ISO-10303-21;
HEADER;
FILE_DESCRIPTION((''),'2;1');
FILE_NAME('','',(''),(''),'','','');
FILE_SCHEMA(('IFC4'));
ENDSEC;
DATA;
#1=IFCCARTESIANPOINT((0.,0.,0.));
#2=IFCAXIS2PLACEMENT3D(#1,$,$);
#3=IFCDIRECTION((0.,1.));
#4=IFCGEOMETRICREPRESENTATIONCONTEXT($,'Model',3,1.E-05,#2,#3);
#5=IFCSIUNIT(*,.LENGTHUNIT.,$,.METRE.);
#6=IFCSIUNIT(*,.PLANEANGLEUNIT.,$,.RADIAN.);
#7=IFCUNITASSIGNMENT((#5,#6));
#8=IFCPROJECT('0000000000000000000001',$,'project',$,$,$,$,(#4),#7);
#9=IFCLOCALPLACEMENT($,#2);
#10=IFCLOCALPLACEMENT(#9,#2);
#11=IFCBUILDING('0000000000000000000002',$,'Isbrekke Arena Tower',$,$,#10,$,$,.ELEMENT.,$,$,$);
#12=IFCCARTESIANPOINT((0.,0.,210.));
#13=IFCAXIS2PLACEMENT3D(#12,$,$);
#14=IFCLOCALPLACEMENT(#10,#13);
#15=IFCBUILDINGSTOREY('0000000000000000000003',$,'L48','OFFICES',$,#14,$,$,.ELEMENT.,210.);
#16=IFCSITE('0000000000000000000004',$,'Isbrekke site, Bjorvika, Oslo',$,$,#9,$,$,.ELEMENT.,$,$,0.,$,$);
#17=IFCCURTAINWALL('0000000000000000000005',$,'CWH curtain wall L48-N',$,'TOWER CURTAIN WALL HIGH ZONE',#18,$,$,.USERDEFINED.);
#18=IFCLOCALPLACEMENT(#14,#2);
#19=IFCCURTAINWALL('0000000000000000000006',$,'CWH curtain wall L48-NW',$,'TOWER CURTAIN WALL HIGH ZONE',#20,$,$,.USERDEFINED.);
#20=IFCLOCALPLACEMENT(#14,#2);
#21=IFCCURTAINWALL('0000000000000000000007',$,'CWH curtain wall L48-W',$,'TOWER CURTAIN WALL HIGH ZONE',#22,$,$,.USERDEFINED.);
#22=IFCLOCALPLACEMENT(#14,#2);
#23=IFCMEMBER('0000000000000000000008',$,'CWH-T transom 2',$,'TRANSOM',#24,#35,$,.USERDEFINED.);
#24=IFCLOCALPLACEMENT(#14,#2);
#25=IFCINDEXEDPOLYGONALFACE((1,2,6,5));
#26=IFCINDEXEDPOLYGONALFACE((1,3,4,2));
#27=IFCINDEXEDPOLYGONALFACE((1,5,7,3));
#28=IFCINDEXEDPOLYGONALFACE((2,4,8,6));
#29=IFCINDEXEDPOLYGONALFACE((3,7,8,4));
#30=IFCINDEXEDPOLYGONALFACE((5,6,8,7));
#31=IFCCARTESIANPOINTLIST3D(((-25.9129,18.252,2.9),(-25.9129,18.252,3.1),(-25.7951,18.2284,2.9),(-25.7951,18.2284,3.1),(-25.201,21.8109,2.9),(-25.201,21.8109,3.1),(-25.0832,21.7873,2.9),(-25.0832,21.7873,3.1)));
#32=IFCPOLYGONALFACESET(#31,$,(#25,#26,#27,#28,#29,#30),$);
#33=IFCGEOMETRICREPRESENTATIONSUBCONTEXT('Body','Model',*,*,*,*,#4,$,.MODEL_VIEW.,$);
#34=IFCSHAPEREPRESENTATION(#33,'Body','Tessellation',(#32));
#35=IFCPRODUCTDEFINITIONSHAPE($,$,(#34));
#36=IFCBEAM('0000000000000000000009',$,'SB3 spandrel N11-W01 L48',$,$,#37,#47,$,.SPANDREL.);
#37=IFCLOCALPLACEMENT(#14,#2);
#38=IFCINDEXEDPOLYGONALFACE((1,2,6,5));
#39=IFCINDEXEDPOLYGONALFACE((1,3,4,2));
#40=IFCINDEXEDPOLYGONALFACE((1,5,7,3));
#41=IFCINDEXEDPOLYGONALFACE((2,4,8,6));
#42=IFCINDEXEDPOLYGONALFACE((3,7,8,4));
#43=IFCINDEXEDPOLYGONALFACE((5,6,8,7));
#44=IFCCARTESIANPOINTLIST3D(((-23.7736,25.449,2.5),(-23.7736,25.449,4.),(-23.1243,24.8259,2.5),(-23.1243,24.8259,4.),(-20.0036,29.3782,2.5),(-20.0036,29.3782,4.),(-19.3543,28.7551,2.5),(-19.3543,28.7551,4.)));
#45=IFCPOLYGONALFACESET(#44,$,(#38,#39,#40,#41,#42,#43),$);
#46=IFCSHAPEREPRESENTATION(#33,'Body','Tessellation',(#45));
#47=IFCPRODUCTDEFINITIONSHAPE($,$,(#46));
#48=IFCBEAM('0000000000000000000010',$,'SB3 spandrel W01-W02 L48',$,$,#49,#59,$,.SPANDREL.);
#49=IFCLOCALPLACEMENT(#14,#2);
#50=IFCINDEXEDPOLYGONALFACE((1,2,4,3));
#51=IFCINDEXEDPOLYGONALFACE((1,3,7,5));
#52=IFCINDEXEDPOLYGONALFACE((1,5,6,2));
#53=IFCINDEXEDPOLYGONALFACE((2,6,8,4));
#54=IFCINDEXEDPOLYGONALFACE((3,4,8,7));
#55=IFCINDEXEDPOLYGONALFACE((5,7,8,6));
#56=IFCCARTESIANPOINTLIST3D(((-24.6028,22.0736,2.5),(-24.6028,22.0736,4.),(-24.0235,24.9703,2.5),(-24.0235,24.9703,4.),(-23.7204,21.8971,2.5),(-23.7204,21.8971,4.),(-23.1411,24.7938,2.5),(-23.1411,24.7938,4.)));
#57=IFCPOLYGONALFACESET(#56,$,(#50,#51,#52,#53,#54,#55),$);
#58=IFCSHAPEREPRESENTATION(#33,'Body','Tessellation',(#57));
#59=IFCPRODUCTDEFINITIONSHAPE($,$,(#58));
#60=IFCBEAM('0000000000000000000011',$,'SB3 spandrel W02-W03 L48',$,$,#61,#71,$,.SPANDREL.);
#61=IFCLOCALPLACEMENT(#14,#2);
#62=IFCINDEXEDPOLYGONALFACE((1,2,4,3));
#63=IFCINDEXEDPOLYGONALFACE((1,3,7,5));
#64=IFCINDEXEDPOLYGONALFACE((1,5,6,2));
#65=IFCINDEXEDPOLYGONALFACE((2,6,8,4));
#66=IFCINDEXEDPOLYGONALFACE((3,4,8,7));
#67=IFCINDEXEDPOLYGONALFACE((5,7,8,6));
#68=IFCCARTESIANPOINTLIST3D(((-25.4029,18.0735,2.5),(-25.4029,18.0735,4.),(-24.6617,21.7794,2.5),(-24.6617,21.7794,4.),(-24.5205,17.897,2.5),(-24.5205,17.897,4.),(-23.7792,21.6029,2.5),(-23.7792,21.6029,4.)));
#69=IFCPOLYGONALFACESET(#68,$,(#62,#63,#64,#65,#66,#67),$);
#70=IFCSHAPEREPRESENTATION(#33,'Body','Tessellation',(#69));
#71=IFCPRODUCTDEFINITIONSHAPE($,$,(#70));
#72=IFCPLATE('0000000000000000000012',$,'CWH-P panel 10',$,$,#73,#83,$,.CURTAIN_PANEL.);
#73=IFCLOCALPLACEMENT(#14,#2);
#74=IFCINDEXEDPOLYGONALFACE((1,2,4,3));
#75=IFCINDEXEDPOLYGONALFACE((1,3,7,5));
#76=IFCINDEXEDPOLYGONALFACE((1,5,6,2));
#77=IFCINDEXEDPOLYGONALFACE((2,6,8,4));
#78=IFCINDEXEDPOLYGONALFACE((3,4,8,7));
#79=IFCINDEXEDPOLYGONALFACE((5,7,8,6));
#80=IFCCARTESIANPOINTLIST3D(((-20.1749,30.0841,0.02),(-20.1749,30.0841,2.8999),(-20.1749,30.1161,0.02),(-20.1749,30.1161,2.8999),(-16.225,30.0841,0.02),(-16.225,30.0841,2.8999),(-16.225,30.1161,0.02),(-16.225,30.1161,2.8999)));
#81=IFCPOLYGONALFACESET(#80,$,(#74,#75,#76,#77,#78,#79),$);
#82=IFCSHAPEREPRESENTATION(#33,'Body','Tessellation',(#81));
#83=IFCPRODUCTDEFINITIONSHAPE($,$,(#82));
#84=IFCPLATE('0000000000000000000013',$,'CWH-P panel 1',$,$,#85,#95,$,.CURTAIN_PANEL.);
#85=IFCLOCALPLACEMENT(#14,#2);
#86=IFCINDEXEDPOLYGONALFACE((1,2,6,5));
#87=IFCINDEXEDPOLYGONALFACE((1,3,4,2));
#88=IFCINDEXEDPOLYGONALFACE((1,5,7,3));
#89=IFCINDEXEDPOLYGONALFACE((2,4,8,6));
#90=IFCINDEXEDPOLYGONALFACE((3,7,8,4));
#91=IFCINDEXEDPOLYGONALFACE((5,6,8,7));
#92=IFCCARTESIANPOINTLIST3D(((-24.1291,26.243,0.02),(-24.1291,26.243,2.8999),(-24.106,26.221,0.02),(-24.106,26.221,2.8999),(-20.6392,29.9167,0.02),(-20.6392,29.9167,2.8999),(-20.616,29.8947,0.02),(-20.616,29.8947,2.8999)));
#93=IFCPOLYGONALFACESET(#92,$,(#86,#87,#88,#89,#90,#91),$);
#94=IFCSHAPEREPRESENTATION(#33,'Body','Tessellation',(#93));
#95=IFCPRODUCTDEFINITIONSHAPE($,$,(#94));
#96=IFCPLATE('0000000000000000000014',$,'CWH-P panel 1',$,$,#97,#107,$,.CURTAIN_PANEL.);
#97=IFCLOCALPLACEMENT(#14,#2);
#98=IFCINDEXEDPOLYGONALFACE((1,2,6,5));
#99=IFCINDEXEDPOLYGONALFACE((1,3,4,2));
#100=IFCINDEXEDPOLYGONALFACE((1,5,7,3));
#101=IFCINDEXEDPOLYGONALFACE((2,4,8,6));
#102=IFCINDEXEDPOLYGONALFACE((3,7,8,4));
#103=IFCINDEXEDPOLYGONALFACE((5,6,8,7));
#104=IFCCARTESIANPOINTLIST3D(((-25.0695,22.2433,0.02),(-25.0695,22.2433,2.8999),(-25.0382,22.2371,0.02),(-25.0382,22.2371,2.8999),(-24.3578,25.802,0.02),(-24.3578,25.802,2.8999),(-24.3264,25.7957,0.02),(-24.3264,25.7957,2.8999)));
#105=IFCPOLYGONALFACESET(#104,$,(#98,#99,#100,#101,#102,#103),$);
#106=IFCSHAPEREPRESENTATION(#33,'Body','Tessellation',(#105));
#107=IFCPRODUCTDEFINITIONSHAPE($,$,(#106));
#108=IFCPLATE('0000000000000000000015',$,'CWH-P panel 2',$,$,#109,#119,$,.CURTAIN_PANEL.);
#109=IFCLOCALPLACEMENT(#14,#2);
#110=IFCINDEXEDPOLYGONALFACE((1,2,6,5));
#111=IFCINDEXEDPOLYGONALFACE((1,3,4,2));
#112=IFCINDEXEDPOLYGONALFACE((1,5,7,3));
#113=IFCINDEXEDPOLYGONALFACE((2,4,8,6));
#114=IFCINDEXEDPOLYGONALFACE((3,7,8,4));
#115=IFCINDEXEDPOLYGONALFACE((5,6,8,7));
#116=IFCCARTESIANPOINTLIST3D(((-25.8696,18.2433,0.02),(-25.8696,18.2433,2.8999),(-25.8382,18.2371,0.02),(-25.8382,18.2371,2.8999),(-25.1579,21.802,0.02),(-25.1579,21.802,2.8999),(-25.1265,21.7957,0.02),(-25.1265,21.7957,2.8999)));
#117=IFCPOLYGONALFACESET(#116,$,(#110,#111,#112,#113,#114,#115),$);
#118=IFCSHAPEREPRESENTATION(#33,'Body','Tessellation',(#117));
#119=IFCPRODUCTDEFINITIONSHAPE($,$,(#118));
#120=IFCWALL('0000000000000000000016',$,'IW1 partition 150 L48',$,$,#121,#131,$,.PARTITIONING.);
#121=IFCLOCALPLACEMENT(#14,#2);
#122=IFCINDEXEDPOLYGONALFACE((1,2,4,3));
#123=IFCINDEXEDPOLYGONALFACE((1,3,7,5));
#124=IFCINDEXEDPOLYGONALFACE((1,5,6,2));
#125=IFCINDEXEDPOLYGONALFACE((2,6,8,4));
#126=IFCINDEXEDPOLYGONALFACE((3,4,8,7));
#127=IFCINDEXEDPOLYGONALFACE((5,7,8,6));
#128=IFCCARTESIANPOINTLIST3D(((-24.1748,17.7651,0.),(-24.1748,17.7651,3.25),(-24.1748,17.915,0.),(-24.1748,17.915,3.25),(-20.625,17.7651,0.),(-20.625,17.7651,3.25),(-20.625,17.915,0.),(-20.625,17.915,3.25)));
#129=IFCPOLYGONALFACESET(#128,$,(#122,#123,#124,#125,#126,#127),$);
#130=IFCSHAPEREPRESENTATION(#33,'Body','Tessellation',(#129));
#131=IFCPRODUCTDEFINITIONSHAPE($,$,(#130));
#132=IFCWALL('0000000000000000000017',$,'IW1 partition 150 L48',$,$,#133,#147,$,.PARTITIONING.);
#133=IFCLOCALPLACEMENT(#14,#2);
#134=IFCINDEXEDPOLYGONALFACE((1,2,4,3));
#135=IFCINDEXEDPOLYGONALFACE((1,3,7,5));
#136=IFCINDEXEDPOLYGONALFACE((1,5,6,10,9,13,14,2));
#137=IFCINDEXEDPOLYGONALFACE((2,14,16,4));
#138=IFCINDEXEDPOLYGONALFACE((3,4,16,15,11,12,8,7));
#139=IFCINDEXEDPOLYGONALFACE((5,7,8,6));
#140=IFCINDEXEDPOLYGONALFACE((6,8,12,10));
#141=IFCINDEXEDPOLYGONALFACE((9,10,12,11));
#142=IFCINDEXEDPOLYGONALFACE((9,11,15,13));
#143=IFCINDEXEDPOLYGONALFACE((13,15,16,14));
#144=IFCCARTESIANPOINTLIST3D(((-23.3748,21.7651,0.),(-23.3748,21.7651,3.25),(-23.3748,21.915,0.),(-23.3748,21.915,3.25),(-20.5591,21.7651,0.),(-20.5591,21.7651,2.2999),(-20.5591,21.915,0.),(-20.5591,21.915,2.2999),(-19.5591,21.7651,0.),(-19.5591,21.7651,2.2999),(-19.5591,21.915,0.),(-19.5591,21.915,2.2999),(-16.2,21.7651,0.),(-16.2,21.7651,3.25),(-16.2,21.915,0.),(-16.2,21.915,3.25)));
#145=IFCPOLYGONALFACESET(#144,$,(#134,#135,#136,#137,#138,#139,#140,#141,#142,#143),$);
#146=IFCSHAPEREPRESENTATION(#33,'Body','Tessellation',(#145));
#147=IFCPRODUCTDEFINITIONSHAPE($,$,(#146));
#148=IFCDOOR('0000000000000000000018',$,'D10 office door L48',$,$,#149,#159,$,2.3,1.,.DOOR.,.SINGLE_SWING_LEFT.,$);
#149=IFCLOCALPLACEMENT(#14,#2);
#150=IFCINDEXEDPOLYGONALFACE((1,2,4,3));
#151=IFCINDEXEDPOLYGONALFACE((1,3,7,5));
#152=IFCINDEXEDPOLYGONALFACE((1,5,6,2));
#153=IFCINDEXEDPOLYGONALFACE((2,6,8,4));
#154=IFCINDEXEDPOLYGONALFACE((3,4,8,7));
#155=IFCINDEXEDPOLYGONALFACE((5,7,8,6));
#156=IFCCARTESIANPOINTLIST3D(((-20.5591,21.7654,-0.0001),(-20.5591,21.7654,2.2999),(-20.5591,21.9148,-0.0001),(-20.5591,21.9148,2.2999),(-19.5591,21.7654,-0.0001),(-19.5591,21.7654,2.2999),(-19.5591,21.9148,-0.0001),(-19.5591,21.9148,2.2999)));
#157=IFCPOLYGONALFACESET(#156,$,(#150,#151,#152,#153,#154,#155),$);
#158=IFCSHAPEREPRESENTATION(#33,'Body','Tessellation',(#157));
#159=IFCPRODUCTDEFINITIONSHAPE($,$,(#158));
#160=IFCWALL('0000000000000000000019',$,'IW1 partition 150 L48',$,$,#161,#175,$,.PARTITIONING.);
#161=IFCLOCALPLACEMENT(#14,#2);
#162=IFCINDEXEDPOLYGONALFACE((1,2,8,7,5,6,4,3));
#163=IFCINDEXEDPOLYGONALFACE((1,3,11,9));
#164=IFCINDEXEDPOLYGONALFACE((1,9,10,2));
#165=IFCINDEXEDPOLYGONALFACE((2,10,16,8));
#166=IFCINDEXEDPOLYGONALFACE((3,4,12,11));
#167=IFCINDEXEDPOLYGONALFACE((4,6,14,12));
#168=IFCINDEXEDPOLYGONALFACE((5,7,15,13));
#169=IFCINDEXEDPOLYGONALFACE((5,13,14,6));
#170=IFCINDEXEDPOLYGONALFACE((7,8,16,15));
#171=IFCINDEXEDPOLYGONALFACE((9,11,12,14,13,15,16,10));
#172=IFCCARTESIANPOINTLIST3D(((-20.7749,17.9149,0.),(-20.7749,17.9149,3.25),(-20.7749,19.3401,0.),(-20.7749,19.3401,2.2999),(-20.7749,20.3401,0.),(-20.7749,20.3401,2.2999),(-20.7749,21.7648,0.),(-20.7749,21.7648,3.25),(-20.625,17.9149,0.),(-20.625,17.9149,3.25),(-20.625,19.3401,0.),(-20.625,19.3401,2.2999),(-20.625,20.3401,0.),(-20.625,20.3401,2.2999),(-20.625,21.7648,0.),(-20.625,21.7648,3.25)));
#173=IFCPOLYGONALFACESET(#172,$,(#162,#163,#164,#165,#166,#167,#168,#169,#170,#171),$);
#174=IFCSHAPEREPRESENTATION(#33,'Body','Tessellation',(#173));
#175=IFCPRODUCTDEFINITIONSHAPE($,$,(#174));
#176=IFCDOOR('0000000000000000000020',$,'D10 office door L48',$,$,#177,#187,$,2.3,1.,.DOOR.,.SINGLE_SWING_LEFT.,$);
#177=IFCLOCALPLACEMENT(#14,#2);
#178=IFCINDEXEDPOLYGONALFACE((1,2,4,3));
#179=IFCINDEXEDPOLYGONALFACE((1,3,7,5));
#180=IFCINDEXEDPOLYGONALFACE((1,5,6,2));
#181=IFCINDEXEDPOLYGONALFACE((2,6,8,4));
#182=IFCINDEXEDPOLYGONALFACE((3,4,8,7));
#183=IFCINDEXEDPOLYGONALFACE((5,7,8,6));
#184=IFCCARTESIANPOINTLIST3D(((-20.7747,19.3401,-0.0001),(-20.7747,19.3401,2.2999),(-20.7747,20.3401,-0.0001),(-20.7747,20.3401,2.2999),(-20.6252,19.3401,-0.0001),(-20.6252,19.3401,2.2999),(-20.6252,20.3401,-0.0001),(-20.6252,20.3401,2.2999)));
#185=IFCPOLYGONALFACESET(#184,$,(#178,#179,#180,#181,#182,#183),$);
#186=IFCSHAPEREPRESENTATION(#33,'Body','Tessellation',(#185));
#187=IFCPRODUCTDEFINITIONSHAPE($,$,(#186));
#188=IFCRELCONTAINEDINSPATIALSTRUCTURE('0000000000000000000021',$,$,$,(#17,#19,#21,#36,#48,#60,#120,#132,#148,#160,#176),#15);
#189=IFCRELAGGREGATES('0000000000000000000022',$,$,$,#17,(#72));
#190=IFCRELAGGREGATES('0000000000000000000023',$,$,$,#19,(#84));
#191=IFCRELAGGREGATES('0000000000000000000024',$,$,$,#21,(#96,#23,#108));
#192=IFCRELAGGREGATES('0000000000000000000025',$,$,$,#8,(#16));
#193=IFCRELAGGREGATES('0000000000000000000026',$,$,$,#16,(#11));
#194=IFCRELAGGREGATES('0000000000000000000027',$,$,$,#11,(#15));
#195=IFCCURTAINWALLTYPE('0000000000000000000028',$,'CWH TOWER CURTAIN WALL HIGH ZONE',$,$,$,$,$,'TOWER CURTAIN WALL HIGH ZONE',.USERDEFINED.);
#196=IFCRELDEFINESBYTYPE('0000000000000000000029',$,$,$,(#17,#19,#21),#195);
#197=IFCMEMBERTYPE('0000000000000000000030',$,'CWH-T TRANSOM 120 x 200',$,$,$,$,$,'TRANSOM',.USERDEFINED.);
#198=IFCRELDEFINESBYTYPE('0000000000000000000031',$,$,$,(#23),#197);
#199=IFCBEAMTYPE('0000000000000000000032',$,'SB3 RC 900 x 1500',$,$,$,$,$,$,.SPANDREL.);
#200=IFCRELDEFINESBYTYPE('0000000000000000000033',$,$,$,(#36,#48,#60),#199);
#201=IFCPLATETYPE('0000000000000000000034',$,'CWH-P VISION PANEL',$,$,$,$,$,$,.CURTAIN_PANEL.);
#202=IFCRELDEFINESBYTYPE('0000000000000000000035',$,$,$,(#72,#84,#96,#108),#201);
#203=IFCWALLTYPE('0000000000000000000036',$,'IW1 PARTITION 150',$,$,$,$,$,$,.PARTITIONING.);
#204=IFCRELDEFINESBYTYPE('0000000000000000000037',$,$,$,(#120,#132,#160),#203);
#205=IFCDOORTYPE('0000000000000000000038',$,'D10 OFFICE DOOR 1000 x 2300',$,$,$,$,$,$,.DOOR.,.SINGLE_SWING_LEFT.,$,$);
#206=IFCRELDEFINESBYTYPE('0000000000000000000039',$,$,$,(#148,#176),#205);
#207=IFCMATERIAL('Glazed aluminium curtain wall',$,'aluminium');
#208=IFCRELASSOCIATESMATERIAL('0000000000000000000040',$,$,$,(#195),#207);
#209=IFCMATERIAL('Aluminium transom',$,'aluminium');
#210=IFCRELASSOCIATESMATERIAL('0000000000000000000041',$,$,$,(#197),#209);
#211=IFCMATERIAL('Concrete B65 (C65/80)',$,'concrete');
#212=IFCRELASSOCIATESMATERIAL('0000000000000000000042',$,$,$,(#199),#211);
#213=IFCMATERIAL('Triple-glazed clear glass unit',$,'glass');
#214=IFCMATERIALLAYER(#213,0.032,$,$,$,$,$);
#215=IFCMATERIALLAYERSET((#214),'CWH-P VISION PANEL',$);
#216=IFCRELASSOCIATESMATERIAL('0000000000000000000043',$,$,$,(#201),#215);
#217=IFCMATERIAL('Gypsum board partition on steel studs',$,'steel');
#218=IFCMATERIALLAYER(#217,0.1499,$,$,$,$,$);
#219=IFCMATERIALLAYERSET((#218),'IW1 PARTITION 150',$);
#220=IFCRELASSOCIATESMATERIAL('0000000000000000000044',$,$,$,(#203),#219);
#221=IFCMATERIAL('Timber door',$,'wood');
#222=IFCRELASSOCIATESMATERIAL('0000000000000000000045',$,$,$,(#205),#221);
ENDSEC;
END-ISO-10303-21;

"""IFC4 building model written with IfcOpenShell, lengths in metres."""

from ifc_helpers import new_model, si_unit, direction, frame, frame_2d, origin, origin_2d, place, context, subcontext, project, spatial, rectangle, extrude, material, layer, layer_set, material_profile, profile_set, type_object, element, fill, aggregate, save


model = new_model("IFC4")

# Units and contexts
model_context = context("Model", 3, precision=1e-05, world=origin(), true_north=direction((0.0, 1.0)))
body_context = subcontext(model_context, "Body", "Model", "MODEL_VIEW")
ifc_project = project(units=[si_unit("LENGTHUNIT", "METRE"), si_unit("PLANEANGLEUNIT", "RADIAN")], contexts=[model_context])

# Site, building, storey
site_placement = place(None, origin())
site = spatial("IfcSite", under=ifc_project, at=site_placement, Name="Isbrekke site, Bjorvika, Oslo", CompositionType="ELEMENT", RefElevation=0.0)
building_placement = place(site_placement, origin())
building = spatial("IfcBuilding", under=site, at=building_placement, Name="Isbrekke Arena Tower", CompositionType="ELEMENT")
storey_placement = place(building_placement, frame((0.0, 0.0, 210.0)))
storey = spatial("IfcBuildingStorey", under=building, at=storey_placement, Name="L48", Description="OFFICES", CompositionType="ELEMENT", Elevation=210.0)

# Curtain walls
ifc_material_1 = material(Name="Glazed aluminium curtain wall", Category="aluminium")
curtain_wall_type = type_object("IfcCurtainWallType", Name="CWH TOWER CURTAIN WALL HIGH ZONE", ElementType="TOWER CURTAIN WALL HIGH ZONE", PredefinedType="USERDEFINED", material=ifc_material_1)
curtain_wall_1_placement = place(storey_placement, origin())
curtain_wall_1 = element("IfcCurtainWall", 1, at=curtain_wall_1_placement, inside=storey, type_object=curtain_wall_type, Name="CWH curtain wall L48-N", ObjectType="TOWER CURTAIN WALL HIGH ZONE", PredefinedType="USERDEFINED")
curtain_wall_2_placement = place(storey_placement, origin())
curtain_wall_2 = element("IfcCurtainWall", 2, at=curtain_wall_2_placement, inside=storey, type_object=curtain_wall_type, Name="CWH curtain wall L48-NW", ObjectType="TOWER CURTAIN WALL HIGH ZONE", PredefinedType="USERDEFINED")

# Curtain wall
curtain_wall_3_placement = place(storey_placement, origin())
curtain_wall_3 = element("IfcCurtainWall", 3, at=curtain_wall_3_placement, inside=storey, type_object=curtain_wall_type, Name="CWH curtain wall L48-W", ObjectType="TOWER CURTAIN WALL HIGH ZONE", PredefinedType="USERDEFINED")

# Member
ifc_material_2 = material(Name="Aluminium transom", Category="aluminium")
ifc_material_profile_1 = material_profile(ifc_material_2, rectangle(XDim=0.1201, YDim=0.2, at=origin_2d()), Name="TRANSOM 120X200")
ifc_profile_set_1 = profile_set([ifc_material_profile_1], Name="Aluminium transom")
member_type_1 = type_object("IfcMemberType", Name="CWH-T TRANSOM 120 x 200", ElementType="TRANSOM", PredefinedType="USERDEFINED", material=ifc_profile_set_1)
member_1_placement = place(storey_placement, frame((-25.1421, 21.7991, 3.0), z_axis=(-0.196155, -0.980573, 0.0), x_axis=(0.980573, -0.196155, 0.0)))
member_1 = element("IfcMember", 4, at=member_1_placement, type_object=member_type_1, Name="CWH-T transom 2", ObjectType="TRANSOM", PredefinedType="USERDEFINED", context=body_context, shape_type="SweptSolid", body=[
    extrude(rectangle(XDim=0.1201, YDim=0.2, at=origin_2d()), origin(), (0.0, 0.0, 1.0), 3.6294),
])

# Beams
ifc_material_3 = material(Name="Concrete B65 (C65/80)", Category="concrete")
ifc_material_profile_2 = material_profile(ifc_material_3, rectangle(XDim=0.8999, YDim=1.5, at=origin_2d()), Name="RC 900x1500")
ifc_profile_set_2 = profile_set([ifc_material_profile_2], Name="Concrete B65 (C65/80)")
beam_type_1 = type_object("IfcBeamType", Name="SB3 RC 900 x 1500", PredefinedType="SPANDREL", material=ifc_profile_set_2)
beam_1_placement = place(storey_placement, frame((-19.679, 29.0667, 3.25), z_axis=(-0.69234, -0.721572, 0.0), x_axis=(0.721572, -0.69234, 0.0)))
element("IfcBeam", 5, at=beam_1_placement, inside=storey, type_object=beam_type_1, Name="SB3 spandrel N11-W01 L48", PredefinedType="SPANDREL", context=body_context, shape_type="SweptSolid", body=[
    extrude(rectangle(XDim=0.8999, YDim=1.5, at=origin_2d()), origin(), (0.0, 0.0, 1.0), 5.4453),
])
beam_2_placement = place(storey_placement, frame((-23.5823, 24.8821, 3.25), z_axis=(-0.196116, -0.980581, 0.0), x_axis=(0.980581, -0.196116, 0.0)))
element("IfcBeam", 6, at=beam_2_placement, inside=storey, type_object=beam_type_1, Name="SB3 spandrel W01-W02 L48", PredefinedType="SPANDREL", context=body_context, shape_type="SweptSolid", body=[
    extrude(rectangle(XDim=0.8999, YDim=1.5, at=origin_2d()), origin(), (0.0, 0.0, 1.0), 2.9541),
])
beam_3_placement = place(storey_placement, frame((-24.2205, 21.6912, 3.25), z_axis=(-0.196129, -0.980578, 0.0), x_axis=(0.980578, -0.196129, 0.0)))
element("IfcBeam", 7, at=beam_3_placement, inside=storey, type_object=beam_type_1, Name="SB3 spandrel W02-W03 L48", PredefinedType="SPANDREL", context=body_context, shape_type="SweptSolid", body=[
    extrude(rectangle(XDim=0.8999, YDim=1.5, at=origin_2d()), origin(), (0.0, 0.0, 1.0), 3.7793),
])

# Plates
ifc_material_4 = material(Name="Triple-glazed clear glass unit", Category="glass")
ifc_layer_1 = layer(ifc_material_4, 0.032)
ifc_layer_set_1 = layer_set([ifc_layer_1], Name="CWH-P VISION PANEL")
plate_type = type_object("IfcPlateType", Name="CWH-P VISION PANEL", PredefinedType="CURTAIN_PANEL", material=ifc_layer_set_1)
plate_1_placement = place(storey_placement, frame((-18.2, 30.1001, 0.02), z_axis=(0.0, 0.0, 1.0), x_axis=(-1.0, 0.0, 0.0)))
plate_1 = element("IfcPlate", 8, at=plate_1_placement, type_object=plate_type, Name="CWH-P panel 10", PredefinedType="CURTAIN_PANEL", context=body_context, shape_type="SweptSolid", body=[
    extrude(rectangle(XDim=3.95, YDim=0.032, at=origin_2d()), origin(), (0.0, 0.0, 1.0), 2.8799),
])
aggregate(curtain_wall_1, [plate_1])
plate_2_placement = place(storey_placement, frame((-22.3726, 28.0688, 0.02), z_axis=(0.0, 0.0, 1.0), x_axis=(-0.688749, -0.724999, 0.0)))
plate_2 = element("IfcPlate", 9, at=plate_2_placement, type_object=plate_type, Name="CWH-P panel 1", PredefinedType="CURTAIN_PANEL", context=body_context, shape_type="SweptSolid", body=[
    extrude(rectangle(XDim=5.0671, YDim=0.032, at=origin_2d()), origin(), (0.0, 0.0, 1.0), 2.8799),
])
aggregate(curtain_wall_2, [plate_2])
plate_3_placement = place(storey_placement, frame((-24.698, 24.0195, 0.02), z_axis=(0.0, 0.0, 1.0), x_axis=(-0.196116, -0.980581, 0.0)))
plate_3 = element("IfcPlate", 10, at=plate_3_placement, type_object=plate_type, Name="CWH-P panel 1", PredefinedType="CURTAIN_PANEL", context=body_context, shape_type="SweptSolid", body=[
    extrude(rectangle(XDim=3.6292, YDim=0.032, at=origin_2d()), origin(), (0.0, 0.0, 1.0), 2.8799),
])
plate_4_placement = place(storey_placement, frame((-25.498, 20.0195, 0.02), z_axis=(0.0, 0.0, 1.0), x_axis=(-0.196116, -0.980581, 0.0)))
plate_4 = element("IfcPlate", 11, at=plate_4_placement, type_object=plate_type, Name="CWH-P panel 2", PredefinedType="CURTAIN_PANEL", context=body_context, shape_type="SweptSolid", body=[
    extrude(rectangle(XDim=3.6292, YDim=0.032, at=origin_2d()), origin(), (0.0, 0.0, 1.0), 2.8799),
])
aggregate(curtain_wall_3, [plate_3, member_1, plate_4])

# Wall
ifc_material_5 = material(Name="Gypsum board partition on steel studs", Category="steel")
ifc_layer_2 = layer(ifc_material_5, 0.1499)
ifc_layer_set_2 = layer_set([ifc_layer_2], Name="IW1 PARTITION 150")
wall_type = type_object("IfcWallType", Name="IW1 PARTITION 150", PredefinedType="PARTITIONING", material=ifc_layer_set_2)
wall_1_placement = place(storey_placement, frame((-24.1748, 17.8401, 0.0), z_axis=(0.0, 0.0, 1.0), x_axis=(1.0, 0.0, 0.0)))
element("IfcWall", 12, at=wall_1_placement, inside=storey, type_object=wall_type, Name="IW1 partition 150 L48", PredefinedType="PARTITIONING", context=body_context, shape_type="SweptSolid", body=[
    extrude(rectangle(XDim=3.5498, YDim=0.1499, at=frame_2d((1.7749, 0.0))), origin(), (0.0, 0.0, 1.0), 3.25),
])

# Walls, openings, doors
wall_2_placement = place(storey_placement, frame((-23.3748, 21.8401, 0.0), z_axis=(0.0, 0.0, 1.0), x_axis=(1.0, 0.0, 0.0)))
wall_2 = element("IfcWall", 13, at=wall_2_placement, inside=storey, type_object=wall_type, Name="IW1 partition 150 L48", PredefinedType="PARTITIONING", context=body_context, shape_type="SweptSolid", body=[
    extrude(rectangle(XDim=7.1748, YDim=0.1499, at=frame_2d((3.5874, 0.0))), origin(), (0.0, 0.0, 1.0), 3.25),
])
opening_1_placement = place(wall_2_placement, frame((2.8157, 0.0, 0.0)))
opening_1 = element("IfcOpeningElement", 14, at=opening_1_placement, cuts=wall_2, PredefinedType="OPENING", context=body_context, shape_type="SweptSolid", body=[
    extrude(rectangle(XDim=1.0, YDim=2.3, at=frame_2d((0.5, 1.1499))), frame((0.0, 0.0898, 0.0), z_axis=(0.0, -1.0, 0.0), x_axis=(1.0, 0.0, 0.0)), (0.0, 0.0, 1.0), 0.1797),
])
ifc_material_6 = material(Name="Timber door", Category="wood")
door_type = type_object("IfcDoorType", Name="D10 OFFICE DOOR 1000 x 2300", OperationType="SINGLE_SWING_LEFT", PredefinedType="DOOR", material=ifc_material_6)
door_1_placement = place(opening_1_placement, origin())
door_1 = element("IfcDoor", 15, at=door_1_placement, inside=storey, type_object=door_type, Name="D10 office door L48", OperationType="SINGLE_SWING_LEFT", OverallHeight=2.3, OverallWidth=1.0, PredefinedType="DOOR", context=body_context, shape_type="SweptSolid", body=[
    extrude(rectangle(XDim=1.0, YDim=2.3, at=frame_2d((0.5, 1.1499))), frame((0.0, 0.0747, 0.0), z_axis=(0.0, -1.0, 0.0), x_axis=(1.0, 0.0, 0.0)), (0.0, 0.0, 1.0), 0.1494),
])
fill(opening_1, door_1)
wall_3_placement = place(storey_placement, frame((-20.7, 17.915, 0.0), z_axis=(0.0, 0.0, 1.0), x_axis=(0.0, 1.0, 0.0)))
wall_3 = element("IfcWall", 16, at=wall_3_placement, inside=storey, type_object=wall_type, Name="IW1 partition 150 L48", PredefinedType="PARTITIONING", context=body_context, shape_type="SweptSolid", body=[
    extrude(rectangle(XDim=3.8499, YDim=0.1499, at=frame_2d((1.9248, 0.0))), origin(), (0.0, 0.0, 1.0), 3.25),
])
opening_2_placement = place(wall_3_placement, frame((1.425, 0.0, 0.0)))
opening_2 = element("IfcOpeningElement", 17, at=opening_2_placement, cuts=wall_3, PredefinedType="OPENING", context=body_context, shape_type="SweptSolid", body=[
    extrude(rectangle(XDim=1.0, YDim=2.3, at=frame_2d((0.5, 1.1499))), frame((0.0, 0.0898, 0.0), z_axis=(0.0, -1.0, 0.0), x_axis=(1.0, 0.0, 0.0)), (0.0, 0.0, 1.0), 0.1797),
])
door_2_placement = place(opening_2_placement, origin())
door_2 = element("IfcDoor", 18, at=door_2_placement, inside=storey, type_object=door_type, Name="D10 office door L48", OperationType="SINGLE_SWING_LEFT", OverallHeight=2.3, OverallWidth=1.0, PredefinedType="DOOR", context=body_context, shape_type="SweptSolid", body=[
    extrude(rectangle(XDim=1.0, YDim=2.3, at=frame_2d((0.5, 1.1499))), frame((0.0, 0.0747, 0.0), z_axis=(0.0, -1.0, 0.0), x_axis=(1.0, 0.0, 0.0)), (0.0, 0.0, 1.0), 0.1494),
])
fill(opening_2, door_2)

save(model, "model.ifc")
